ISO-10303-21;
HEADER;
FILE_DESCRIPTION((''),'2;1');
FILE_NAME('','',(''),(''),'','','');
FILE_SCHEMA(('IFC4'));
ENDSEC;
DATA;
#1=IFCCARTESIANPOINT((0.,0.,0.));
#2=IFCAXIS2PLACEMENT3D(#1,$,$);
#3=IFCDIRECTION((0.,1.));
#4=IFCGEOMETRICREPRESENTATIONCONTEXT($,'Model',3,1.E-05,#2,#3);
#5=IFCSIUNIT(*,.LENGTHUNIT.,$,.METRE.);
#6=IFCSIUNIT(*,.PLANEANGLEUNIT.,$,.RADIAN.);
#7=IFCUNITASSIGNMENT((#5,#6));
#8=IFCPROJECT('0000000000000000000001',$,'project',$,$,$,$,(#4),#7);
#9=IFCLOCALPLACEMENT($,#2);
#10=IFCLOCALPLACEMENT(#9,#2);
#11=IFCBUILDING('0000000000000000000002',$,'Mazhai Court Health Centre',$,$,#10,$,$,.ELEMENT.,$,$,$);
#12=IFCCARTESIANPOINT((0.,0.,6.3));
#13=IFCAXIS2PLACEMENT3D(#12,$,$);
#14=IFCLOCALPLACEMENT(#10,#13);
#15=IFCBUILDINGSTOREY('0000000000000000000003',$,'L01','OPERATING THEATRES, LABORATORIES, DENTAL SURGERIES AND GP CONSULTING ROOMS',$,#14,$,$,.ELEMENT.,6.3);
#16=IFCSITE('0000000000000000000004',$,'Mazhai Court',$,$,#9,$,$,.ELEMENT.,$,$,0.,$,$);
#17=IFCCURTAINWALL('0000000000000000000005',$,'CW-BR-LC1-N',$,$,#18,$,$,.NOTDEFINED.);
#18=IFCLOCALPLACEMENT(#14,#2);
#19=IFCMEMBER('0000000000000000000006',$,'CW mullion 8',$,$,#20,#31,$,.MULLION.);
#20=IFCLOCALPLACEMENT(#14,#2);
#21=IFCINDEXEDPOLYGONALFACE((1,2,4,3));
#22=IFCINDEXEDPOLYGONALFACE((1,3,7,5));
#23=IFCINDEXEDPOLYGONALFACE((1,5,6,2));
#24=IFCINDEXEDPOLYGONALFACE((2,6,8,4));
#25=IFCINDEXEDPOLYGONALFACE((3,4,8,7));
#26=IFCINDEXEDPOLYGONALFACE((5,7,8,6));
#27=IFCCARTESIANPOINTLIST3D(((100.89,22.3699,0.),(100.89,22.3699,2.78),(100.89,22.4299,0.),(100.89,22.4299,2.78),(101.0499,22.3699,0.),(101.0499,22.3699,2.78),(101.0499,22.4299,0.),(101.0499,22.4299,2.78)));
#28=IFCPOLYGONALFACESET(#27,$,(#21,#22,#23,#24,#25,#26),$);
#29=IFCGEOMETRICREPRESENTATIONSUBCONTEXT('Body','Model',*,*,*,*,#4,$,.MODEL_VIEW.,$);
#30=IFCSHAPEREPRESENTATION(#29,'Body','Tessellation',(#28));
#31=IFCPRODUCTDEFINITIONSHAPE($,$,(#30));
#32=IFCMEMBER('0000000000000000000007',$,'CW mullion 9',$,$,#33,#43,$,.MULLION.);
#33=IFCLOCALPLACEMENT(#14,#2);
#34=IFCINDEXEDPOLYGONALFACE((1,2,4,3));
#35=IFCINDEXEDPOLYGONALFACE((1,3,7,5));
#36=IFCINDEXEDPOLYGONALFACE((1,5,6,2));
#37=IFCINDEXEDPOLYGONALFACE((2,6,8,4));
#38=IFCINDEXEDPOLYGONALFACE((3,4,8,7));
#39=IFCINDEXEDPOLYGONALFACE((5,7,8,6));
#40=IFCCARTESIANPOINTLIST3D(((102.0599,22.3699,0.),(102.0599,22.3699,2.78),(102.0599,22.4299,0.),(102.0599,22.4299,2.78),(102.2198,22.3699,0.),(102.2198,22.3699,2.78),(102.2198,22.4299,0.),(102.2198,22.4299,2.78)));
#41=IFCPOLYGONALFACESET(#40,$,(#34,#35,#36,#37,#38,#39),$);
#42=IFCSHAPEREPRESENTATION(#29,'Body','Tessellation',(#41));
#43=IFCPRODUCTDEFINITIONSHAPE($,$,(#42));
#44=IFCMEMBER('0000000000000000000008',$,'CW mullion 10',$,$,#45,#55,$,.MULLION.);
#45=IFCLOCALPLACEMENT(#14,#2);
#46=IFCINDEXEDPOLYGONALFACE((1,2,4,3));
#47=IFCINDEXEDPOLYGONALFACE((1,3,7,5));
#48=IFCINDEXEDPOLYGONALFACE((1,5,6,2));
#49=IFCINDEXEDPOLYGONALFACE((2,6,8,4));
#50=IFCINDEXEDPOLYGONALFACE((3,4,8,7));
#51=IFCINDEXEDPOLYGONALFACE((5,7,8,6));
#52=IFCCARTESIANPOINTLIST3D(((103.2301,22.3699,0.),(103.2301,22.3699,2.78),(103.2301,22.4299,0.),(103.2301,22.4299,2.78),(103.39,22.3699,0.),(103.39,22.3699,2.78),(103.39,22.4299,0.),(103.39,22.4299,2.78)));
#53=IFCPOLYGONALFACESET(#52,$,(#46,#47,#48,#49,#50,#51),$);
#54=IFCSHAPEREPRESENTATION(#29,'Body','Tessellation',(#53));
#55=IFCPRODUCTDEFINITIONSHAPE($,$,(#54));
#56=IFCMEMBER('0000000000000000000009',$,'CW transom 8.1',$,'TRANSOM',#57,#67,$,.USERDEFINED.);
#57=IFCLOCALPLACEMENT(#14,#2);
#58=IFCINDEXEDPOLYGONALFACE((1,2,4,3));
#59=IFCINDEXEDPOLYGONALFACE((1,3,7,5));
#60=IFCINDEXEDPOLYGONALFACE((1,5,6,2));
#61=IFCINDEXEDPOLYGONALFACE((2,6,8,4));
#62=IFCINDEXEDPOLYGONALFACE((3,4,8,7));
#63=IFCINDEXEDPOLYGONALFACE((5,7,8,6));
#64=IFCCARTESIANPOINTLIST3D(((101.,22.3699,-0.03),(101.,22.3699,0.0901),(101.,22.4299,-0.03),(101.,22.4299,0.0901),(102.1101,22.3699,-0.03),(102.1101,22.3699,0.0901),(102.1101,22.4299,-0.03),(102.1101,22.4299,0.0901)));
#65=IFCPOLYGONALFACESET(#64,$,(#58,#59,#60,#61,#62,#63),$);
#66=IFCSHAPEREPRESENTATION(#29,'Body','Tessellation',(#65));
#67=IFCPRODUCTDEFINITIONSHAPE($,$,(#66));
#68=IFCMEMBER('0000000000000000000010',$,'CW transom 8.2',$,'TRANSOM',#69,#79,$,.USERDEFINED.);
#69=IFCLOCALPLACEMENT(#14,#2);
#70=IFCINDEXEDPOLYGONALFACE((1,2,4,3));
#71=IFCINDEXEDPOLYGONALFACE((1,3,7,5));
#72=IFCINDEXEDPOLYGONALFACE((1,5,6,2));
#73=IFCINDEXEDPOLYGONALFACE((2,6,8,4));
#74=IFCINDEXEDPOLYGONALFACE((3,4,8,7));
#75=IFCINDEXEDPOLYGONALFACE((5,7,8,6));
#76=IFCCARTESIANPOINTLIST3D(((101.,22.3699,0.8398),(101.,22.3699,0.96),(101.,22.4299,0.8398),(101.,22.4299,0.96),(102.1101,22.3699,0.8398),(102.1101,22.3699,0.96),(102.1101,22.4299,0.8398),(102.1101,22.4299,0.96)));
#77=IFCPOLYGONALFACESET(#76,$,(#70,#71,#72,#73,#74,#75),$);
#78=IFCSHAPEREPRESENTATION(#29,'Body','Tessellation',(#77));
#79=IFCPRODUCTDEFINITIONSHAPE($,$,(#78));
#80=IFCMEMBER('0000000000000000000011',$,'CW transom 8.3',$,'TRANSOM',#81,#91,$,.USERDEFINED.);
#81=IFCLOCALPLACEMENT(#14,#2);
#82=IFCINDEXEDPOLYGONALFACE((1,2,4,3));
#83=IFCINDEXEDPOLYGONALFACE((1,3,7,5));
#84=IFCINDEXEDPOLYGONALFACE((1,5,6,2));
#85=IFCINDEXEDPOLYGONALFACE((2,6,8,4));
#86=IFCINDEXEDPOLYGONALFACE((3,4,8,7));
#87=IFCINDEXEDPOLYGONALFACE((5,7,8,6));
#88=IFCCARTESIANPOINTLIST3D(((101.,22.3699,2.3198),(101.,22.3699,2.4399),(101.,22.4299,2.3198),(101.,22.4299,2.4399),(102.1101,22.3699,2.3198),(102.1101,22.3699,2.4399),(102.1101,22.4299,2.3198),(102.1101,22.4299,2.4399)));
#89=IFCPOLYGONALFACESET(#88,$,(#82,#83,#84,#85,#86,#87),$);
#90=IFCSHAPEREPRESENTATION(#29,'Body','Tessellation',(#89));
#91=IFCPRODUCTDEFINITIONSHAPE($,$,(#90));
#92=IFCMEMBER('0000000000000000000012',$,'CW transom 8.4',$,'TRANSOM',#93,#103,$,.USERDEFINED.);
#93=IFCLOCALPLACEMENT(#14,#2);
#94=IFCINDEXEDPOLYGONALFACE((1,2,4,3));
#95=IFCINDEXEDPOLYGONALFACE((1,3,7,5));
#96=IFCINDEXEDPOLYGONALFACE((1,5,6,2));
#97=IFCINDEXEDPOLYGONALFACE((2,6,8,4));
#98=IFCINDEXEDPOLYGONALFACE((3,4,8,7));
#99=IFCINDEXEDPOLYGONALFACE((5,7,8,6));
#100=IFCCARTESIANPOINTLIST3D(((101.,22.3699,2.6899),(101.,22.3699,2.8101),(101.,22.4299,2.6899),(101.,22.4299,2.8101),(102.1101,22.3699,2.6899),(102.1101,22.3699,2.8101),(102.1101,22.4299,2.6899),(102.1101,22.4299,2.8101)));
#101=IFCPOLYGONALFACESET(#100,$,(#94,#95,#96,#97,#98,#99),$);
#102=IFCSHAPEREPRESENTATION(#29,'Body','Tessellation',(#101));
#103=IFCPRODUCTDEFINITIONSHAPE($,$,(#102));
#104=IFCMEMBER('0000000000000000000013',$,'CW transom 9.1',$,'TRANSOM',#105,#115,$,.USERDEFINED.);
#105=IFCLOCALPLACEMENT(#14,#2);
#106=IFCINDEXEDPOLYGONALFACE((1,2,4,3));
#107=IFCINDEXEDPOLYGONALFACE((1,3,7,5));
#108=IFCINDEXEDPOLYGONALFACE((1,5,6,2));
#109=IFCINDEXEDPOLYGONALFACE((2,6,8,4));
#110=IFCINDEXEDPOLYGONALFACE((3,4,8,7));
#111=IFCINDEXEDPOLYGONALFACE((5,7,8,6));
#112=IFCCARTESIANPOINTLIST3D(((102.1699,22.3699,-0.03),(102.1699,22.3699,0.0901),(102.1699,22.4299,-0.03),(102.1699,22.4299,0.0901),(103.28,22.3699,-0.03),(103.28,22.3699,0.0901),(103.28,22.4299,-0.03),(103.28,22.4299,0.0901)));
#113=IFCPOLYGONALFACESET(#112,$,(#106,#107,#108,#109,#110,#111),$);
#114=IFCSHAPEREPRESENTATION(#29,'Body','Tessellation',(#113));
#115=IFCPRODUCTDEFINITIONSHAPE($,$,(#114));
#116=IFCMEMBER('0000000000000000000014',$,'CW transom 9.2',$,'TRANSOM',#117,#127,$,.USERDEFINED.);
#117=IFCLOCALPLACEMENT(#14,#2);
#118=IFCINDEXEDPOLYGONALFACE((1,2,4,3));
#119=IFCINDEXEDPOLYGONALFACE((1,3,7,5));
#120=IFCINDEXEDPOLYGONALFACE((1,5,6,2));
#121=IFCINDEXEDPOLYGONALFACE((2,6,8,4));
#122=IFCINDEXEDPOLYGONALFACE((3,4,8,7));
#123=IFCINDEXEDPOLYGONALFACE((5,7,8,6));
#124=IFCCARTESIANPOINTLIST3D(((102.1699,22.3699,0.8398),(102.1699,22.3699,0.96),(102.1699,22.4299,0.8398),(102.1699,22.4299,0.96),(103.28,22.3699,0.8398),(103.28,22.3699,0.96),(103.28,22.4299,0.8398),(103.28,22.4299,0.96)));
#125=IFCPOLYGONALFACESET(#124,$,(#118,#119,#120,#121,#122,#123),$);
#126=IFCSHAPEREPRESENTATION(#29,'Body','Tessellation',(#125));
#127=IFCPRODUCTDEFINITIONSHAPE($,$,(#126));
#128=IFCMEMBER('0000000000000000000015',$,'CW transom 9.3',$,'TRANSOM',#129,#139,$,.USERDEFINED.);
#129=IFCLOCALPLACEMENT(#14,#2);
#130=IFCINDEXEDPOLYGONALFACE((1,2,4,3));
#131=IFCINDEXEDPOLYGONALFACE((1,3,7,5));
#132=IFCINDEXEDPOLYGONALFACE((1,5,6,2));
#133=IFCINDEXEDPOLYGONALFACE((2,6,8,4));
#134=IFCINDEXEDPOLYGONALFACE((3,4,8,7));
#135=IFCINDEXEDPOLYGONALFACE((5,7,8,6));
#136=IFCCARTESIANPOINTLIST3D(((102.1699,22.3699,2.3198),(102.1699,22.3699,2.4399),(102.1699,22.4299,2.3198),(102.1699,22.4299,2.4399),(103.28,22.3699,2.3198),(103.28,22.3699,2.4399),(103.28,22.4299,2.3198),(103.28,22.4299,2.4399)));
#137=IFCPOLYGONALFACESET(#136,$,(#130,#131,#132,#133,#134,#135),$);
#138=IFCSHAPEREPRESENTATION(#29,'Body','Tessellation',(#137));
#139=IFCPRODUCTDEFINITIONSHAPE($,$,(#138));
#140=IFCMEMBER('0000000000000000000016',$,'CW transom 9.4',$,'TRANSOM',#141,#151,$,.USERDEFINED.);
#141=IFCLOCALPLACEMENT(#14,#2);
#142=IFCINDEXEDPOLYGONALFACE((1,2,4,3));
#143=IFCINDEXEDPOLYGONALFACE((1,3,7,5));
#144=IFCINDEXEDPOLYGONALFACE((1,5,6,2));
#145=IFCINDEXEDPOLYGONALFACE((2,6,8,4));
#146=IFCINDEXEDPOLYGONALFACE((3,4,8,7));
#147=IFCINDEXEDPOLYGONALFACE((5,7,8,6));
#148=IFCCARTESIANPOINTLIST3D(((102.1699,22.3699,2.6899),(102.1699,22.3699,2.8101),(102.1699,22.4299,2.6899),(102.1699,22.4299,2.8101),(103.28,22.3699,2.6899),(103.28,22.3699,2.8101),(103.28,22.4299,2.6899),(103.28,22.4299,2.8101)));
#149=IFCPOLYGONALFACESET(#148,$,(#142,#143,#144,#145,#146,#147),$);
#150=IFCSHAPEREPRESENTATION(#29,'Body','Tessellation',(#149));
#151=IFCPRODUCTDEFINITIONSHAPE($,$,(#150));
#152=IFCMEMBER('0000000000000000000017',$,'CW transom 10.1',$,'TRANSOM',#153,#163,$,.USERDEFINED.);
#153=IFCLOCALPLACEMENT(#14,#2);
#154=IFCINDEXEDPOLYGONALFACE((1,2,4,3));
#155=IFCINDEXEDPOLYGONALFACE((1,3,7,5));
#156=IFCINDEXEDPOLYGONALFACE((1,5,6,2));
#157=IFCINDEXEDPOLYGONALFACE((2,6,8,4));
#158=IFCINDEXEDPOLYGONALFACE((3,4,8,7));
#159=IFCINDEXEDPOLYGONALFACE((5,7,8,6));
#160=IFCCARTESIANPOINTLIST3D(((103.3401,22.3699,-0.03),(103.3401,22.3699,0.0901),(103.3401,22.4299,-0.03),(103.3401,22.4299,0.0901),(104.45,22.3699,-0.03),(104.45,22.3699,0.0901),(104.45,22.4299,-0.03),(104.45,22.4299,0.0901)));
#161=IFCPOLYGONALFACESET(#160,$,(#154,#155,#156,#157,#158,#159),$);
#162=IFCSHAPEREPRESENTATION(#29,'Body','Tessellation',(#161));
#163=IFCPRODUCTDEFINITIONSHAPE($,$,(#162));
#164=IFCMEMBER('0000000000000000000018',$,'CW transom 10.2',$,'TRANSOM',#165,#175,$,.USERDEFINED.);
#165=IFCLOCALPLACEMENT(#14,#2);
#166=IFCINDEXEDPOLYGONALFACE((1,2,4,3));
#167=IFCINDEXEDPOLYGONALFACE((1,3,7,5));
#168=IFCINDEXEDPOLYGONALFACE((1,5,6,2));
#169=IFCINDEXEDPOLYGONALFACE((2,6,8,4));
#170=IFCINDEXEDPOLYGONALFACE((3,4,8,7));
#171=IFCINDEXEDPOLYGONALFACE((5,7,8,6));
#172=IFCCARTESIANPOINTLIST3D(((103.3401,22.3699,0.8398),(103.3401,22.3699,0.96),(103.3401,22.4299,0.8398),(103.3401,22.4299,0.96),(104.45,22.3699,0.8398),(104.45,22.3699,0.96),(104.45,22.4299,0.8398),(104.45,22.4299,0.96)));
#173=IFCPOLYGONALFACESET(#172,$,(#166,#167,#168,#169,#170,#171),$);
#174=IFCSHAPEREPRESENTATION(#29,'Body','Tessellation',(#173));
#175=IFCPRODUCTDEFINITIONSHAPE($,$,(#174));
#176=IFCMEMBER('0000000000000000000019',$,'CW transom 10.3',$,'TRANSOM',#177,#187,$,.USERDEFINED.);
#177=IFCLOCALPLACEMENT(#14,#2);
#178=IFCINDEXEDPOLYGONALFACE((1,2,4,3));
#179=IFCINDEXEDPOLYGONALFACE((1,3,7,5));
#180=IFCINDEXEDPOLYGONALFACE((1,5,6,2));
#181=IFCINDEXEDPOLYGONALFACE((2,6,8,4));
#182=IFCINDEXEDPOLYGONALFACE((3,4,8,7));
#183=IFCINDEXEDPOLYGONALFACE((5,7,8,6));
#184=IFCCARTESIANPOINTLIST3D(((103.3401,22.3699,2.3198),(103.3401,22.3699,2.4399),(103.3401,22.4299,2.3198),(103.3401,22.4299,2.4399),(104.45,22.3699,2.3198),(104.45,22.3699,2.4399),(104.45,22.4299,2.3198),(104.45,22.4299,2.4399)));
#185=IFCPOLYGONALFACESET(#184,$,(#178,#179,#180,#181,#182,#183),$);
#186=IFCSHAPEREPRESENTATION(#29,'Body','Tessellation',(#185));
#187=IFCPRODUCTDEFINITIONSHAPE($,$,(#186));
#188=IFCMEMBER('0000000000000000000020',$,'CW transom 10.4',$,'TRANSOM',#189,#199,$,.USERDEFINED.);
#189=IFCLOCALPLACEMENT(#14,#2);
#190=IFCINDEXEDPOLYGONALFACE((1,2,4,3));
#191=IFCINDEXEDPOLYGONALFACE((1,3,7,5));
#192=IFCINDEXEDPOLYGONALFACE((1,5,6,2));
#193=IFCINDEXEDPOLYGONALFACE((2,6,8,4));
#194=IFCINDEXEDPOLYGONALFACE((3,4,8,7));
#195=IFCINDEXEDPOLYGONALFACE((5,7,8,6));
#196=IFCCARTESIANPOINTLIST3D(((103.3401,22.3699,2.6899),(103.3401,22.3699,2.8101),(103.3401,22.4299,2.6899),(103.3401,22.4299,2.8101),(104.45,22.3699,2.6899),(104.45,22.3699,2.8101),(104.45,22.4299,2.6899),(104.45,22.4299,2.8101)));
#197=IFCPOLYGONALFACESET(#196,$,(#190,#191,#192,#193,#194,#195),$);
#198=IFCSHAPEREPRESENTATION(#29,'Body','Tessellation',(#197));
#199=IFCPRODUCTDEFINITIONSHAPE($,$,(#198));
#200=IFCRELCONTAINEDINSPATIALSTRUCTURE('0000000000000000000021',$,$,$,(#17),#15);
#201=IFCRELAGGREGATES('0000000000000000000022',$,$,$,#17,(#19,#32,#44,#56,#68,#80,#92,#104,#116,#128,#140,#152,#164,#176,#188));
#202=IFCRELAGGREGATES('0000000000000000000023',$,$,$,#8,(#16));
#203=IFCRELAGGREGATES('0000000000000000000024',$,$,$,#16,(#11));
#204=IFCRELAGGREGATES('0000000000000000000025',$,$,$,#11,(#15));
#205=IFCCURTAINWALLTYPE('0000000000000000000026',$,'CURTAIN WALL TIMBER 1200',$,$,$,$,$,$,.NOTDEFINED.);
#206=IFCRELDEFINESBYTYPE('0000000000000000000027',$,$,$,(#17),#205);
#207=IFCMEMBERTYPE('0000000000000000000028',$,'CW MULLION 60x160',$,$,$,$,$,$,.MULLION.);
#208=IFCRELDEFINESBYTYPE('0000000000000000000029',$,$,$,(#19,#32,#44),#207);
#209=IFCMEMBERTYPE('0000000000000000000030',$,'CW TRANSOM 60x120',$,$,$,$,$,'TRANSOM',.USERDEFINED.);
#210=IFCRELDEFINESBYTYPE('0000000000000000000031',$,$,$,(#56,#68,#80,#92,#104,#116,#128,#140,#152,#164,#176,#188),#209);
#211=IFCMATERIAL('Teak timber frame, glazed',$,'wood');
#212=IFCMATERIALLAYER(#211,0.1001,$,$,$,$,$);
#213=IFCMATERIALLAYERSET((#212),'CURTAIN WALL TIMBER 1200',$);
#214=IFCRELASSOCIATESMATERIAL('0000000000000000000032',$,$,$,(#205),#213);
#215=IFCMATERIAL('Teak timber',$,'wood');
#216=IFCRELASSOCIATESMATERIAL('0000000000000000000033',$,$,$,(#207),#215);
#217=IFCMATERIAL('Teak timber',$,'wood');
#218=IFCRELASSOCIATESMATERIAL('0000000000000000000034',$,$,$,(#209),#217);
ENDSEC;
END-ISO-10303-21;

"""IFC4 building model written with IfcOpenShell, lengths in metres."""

from ifc_helpers import new_model, si_unit, direction, frame, origin, origin_2d, place, context, subcontext, project, spatial, rectangle, extrude, material, layer, layer_set, material_profile, profile_set, type_object, element, aggregate, save


model = new_model("IFC4")

# Units and contexts
model_context = context("Model", 3, precision=1e-05, world=origin(), true_north=direction((0.0, 1.0)))
body_context = subcontext(model_context, "Body", "Model", "MODEL_VIEW")
ifc_project = project(units=[si_unit("LENGTHUNIT", "METRE"), si_unit("PLANEANGLEUNIT", "RADIAN")], contexts=[model_context])

# Site, building, storey
site_placement = place(None, origin())
site = spatial("IfcSite", under=ifc_project, at=site_placement, Name="Mazhai Court", CompositionType="ELEMENT", RefElevation=0.0)
building_placement = place(site_placement, origin())
building = spatial("IfcBuilding", under=site, at=building_placement, Name="Mazhai Court Health Centre", CompositionType="ELEMENT")
storey_placement = place(building_placement, frame((0.0, 0.0, 6.3)))
storey = spatial("IfcBuildingStorey", under=building, at=storey_placement, Name="L01", Description="OPERATING THEATRES, LABORATORIES, DENTAL SURGERIES AND GP CONSULTING ROOMS", CompositionType="ELEMENT", Elevation=6.3)

# Curtain wall, members
ifc_material_1 = material(Name="Teak timber frame, glazed", Category="wood")
ifc_layer_1 = layer(ifc_material_1, 0.1001)
ifc_layer_set_1 = layer_set([ifc_layer_1], Name="CURTAIN WALL TIMBER 1200")
curtain_wall_type = type_object("IfcCurtainWallType", Name="CURTAIN WALL TIMBER 1200", PredefinedType="NOTDEFINED", material=ifc_layer_set_1)
curtain_wall_placement = place(storey_placement, origin())
curtain_wall = element("IfcCurtainWall", 1, at=curtain_wall_placement, inside=storey, type_object=curtain_wall_type, Name="CW-BR-LC1-N", PredefinedType="NOTDEFINED")
ifc_material_2 = material(Name="Teak timber", Category="wood")
ifc_material_profile_1 = material_profile(ifc_material_2, rectangle(XDim=0.0601, YDim=0.1599, at=origin_2d()), Name="CW MULLION 60x160")
ifc_profile_set_1 = profile_set([ifc_material_profile_1], Name="Teak timber")
member_type_1 = type_object("IfcMemberType", Name="CW MULLION 60x160", PredefinedType="MULLION", material=ifc_profile_set_1)
member_1_placement = place(storey_placement, frame((100.97, 22.3999, 0.0), z_axis=(0.0, 0.0, 1.0), x_axis=(0.0, 1.0, 0.0)))
member_1 = element("IfcMember", 2, at=member_1_placement, type_object=member_type_1, Name="CW mullion 8", PredefinedType="MULLION", context=body_context, shape_type="SweptSolid", body=[
    extrude(rectangle(XDim=0.0601, YDim=0.1599, at=origin_2d()), origin(), (0.0, 0.0, 1.0), 2.78),
])
member_2_placement = place(storey_placement, frame((102.1399, 22.3999, 0.0), z_axis=(0.0, 0.0, 1.0), x_axis=(0.0, 1.0, 0.0)))
member_2 = element("IfcMember", 3, at=member_2_placement, type_object=member_type_1, Name="CW mullion 9", PredefinedType="MULLION", context=body_context, shape_type="SweptSolid", body=[
    extrude(rectangle(XDim=0.0601, YDim=0.1599, at=origin_2d()), origin(), (0.0, 0.0, 1.0), 2.78),
])
member_3_placement = place(storey_placement, frame((103.3101, 22.3999, 0.0), z_axis=(0.0, 0.0, 1.0), x_axis=(0.0, 1.0, 0.0)))
member_3 = element("IfcMember", 4, at=member_3_placement, type_object=member_type_1, Name="CW mullion 10", PredefinedType="MULLION", context=body_context, shape_type="SweptSolid", body=[
    extrude(rectangle(XDim=0.0601, YDim=0.1599, at=origin_2d()), origin(), (0.0, 0.0, 1.0), 2.78),
])
ifc_material_3 = material(Name="Teak timber", Category="wood")
ifc_material_profile_2 = material_profile(ifc_material_3, rectangle(XDim=0.0601, YDim=0.1201, at=origin_2d()), Name="CW TRANSOM 60x120")
ifc_profile_set_2 = profile_set([ifc_material_profile_2], Name="Teak timber")
member_type_2 = type_object("IfcMemberType", Name="CW TRANSOM 60x120", ElementType="TRANSOM", PredefinedType="USERDEFINED", material=ifc_profile_set_2)
member_4_placement = place(storey_placement, frame((101.0, 22.3999, 0.03), z_axis=(1.0, 0.0, 0.0), x_axis=(0.0, 1.0, 0.0)))
member_4 = element("IfcMember", 5, at=member_4_placement, type_object=member_type_2, Name="CW transom 8.1", ObjectType="TRANSOM", PredefinedType="USERDEFINED", context=body_context, shape_type="SweptSolid", body=[
    extrude(rectangle(XDim=0.0601, YDim=0.1201, at=origin_2d()), origin(), (0.0, 0.0, 1.0), 1.1101),
])
member_5_placement = place(storey_placement, frame((101.0, 22.3999, 0.8999), z_axis=(1.0, 0.0, 0.0), x_axis=(0.0, 1.0, 0.0)))
member_5 = element("IfcMember", 6, at=member_5_placement, type_object=member_type_2, Name="CW transom 8.2", ObjectType="TRANSOM", PredefinedType="USERDEFINED", context=body_context, shape_type="SweptSolid", body=[
    extrude(rectangle(XDim=0.0601, YDim=0.1201, at=origin_2d()), origin(), (0.0, 0.0, 1.0), 1.1101),
])
member_6_placement = place(storey_placement, frame((101.0, 22.3999, 2.3799), z_axis=(1.0, 0.0, 0.0), x_axis=(0.0, 1.0, 0.0)))
member_6 = element("IfcMember", 7, at=member_6_placement, type_object=member_type_2, Name="CW transom 8.3", ObjectType="TRANSOM", PredefinedType="USERDEFINED", context=body_context, shape_type="SweptSolid", body=[
    extrude(rectangle(XDim=0.0601, YDim=0.1201, at=origin_2d()), origin(), (0.0, 0.0, 1.0), 1.1101),
])
member_7_placement = place(storey_placement, frame((101.0, 22.3999, 2.75), z_axis=(1.0, 0.0, 0.0), x_axis=(0.0, 1.0, 0.0)))
member_7 = element("IfcMember", 8, at=member_7_placement, type_object=member_type_2, Name="CW transom 8.4", ObjectType="TRANSOM", PredefinedType="USERDEFINED", context=body_context, shape_type="SweptSolid", body=[
    extrude(rectangle(XDim=0.0601, YDim=0.1201, at=origin_2d()), origin(), (0.0, 0.0, 1.0), 1.1101),
])
member_8_placement = place(storey_placement, frame((102.1699, 22.3999, 0.03), z_axis=(1.0, 0.0, 0.0), x_axis=(0.0, 1.0, 0.0)))
member_8 = element("IfcMember", 9, at=member_8_placement, type_object=member_type_2, Name="CW transom 9.1", ObjectType="TRANSOM", PredefinedType="USERDEFINED", context=body_context, shape_type="SweptSolid", body=[
    extrude(rectangle(XDim=0.0601, YDim=0.1201, at=origin_2d()), origin(), (0.0, 0.0, 1.0), 1.1101),
])
member_9_placement = place(storey_placement, frame((102.1699, 22.3999, 0.8999), z_axis=(1.0, 0.0, 0.0), x_axis=(0.0, 1.0, 0.0)))
member_9 = element("IfcMember", 10, at=member_9_placement, type_object=member_type_2, Name="CW transom 9.2", ObjectType="TRANSOM", PredefinedType="USERDEFINED", context=body_context, shape_type="SweptSolid", body=[
    extrude(rectangle(XDim=0.0601, YDim=0.1201, at=origin_2d()), origin(), (0.0, 0.0, 1.0), 1.1101),
])
member_10_placement = place(storey_placement, frame((102.1699, 22.3999, 2.3799), z_axis=(1.0, 0.0, 0.0), x_axis=(0.0, 1.0, 0.0)))
member_10 = element("IfcMember", 11, at=member_10_placement, type_object=member_type_2, Name="CW transom 9.3", ObjectType="TRANSOM", PredefinedType="USERDEFINED", context=body_context, shape_type="SweptSolid", body=[
    extrude(rectangle(XDim=0.0601, YDim=0.1201, at=origin_2d()), origin(), (0.0, 0.0, 1.0), 1.1101),
])
member_11_placement = place(storey_placement, frame((102.1699, 22.3999, 2.75), z_axis=(1.0, 0.0, 0.0), x_axis=(0.0, 1.0, 0.0)))
member_11 = element("IfcMember", 12, at=member_11_placement, type_object=member_type_2, Name="CW transom 9.4", ObjectType="TRANSOM", PredefinedType="USERDEFINED", context=body_context, shape_type="SweptSolid", body=[
    extrude(rectangle(XDim=0.0601, YDim=0.1201, at=origin_2d()), origin(), (0.0, 0.0, 1.0), 1.1101),
])
member_12_placement = place(storey_placement, frame((103.3401, 22.3999, 0.03), z_axis=(1.0, 0.0, 0.0), x_axis=(0.0, 1.0, 0.0)))
member_12 = element("IfcMember", 13, at=member_12_placement, type_object=member_type_2, Name="CW transom 10.1", ObjectType="TRANSOM", PredefinedType="USERDEFINED", context=body_context, shape_type="SweptSolid", body=[
    extrude(rectangle(XDim=0.0601, YDim=0.1201, at=origin_2d()), origin(), (0.0, 0.0, 1.0), 1.1099),
])
member_13_placement = place(storey_placement, frame((103.3401, 22.3999, 0.8999), z_axis=(1.0, 0.0, 0.0), x_axis=(0.0, 1.0, 0.0)))
member_13 = element("IfcMember", 14, at=member_13_placement, type_object=member_type_2, Name="CW transom 10.2", ObjectType="TRANSOM", PredefinedType="USERDEFINED", context=body_context, shape_type="SweptSolid", body=[
    extrude(rectangle(XDim=0.0601, YDim=0.1201, at=origin_2d()), origin(), (0.0, 0.0, 1.0), 1.1099),
])
member_14_placement = place(storey_placement, frame((103.3401, 22.3999, 2.3799), z_axis=(1.0, 0.0, 0.0), x_axis=(0.0, 1.0, 0.0)))
member_14 = element("IfcMember", 15, at=member_14_placement, type_object=member_type_2, Name="CW transom 10.3", ObjectType="TRANSOM", PredefinedType="USERDEFINED", context=body_context, shape_type="SweptSolid", body=[
    extrude(rectangle(XDim=0.0601, YDim=0.1201, at=origin_2d()), origin(), (0.0, 0.0, 1.0), 1.1099),
])
member_15_placement = place(storey_placement, frame((103.3401, 22.3999, 2.75), z_axis=(1.0, 0.0, 0.0), x_axis=(0.0, 1.0, 0.0)))
member_15 = element("IfcMember", 16, at=member_15_placement, type_object=member_type_2, Name="CW transom 10.4", ObjectType="TRANSOM", PredefinedType="USERDEFINED", context=body_context, shape_type="SweptSolid", body=[
    extrude(rectangle(XDim=0.0601, YDim=0.1201, at=origin_2d()), origin(), (0.0, 0.0, 1.0), 1.1099),
])
aggregate(curtain_wall, [member_1, member_2, member_3, member_4, member_5, member_6, member_7, member_8, member_9, member_10, member_11, member_12, member_13, member_14, member_15])

save(model, "model.ifc")
